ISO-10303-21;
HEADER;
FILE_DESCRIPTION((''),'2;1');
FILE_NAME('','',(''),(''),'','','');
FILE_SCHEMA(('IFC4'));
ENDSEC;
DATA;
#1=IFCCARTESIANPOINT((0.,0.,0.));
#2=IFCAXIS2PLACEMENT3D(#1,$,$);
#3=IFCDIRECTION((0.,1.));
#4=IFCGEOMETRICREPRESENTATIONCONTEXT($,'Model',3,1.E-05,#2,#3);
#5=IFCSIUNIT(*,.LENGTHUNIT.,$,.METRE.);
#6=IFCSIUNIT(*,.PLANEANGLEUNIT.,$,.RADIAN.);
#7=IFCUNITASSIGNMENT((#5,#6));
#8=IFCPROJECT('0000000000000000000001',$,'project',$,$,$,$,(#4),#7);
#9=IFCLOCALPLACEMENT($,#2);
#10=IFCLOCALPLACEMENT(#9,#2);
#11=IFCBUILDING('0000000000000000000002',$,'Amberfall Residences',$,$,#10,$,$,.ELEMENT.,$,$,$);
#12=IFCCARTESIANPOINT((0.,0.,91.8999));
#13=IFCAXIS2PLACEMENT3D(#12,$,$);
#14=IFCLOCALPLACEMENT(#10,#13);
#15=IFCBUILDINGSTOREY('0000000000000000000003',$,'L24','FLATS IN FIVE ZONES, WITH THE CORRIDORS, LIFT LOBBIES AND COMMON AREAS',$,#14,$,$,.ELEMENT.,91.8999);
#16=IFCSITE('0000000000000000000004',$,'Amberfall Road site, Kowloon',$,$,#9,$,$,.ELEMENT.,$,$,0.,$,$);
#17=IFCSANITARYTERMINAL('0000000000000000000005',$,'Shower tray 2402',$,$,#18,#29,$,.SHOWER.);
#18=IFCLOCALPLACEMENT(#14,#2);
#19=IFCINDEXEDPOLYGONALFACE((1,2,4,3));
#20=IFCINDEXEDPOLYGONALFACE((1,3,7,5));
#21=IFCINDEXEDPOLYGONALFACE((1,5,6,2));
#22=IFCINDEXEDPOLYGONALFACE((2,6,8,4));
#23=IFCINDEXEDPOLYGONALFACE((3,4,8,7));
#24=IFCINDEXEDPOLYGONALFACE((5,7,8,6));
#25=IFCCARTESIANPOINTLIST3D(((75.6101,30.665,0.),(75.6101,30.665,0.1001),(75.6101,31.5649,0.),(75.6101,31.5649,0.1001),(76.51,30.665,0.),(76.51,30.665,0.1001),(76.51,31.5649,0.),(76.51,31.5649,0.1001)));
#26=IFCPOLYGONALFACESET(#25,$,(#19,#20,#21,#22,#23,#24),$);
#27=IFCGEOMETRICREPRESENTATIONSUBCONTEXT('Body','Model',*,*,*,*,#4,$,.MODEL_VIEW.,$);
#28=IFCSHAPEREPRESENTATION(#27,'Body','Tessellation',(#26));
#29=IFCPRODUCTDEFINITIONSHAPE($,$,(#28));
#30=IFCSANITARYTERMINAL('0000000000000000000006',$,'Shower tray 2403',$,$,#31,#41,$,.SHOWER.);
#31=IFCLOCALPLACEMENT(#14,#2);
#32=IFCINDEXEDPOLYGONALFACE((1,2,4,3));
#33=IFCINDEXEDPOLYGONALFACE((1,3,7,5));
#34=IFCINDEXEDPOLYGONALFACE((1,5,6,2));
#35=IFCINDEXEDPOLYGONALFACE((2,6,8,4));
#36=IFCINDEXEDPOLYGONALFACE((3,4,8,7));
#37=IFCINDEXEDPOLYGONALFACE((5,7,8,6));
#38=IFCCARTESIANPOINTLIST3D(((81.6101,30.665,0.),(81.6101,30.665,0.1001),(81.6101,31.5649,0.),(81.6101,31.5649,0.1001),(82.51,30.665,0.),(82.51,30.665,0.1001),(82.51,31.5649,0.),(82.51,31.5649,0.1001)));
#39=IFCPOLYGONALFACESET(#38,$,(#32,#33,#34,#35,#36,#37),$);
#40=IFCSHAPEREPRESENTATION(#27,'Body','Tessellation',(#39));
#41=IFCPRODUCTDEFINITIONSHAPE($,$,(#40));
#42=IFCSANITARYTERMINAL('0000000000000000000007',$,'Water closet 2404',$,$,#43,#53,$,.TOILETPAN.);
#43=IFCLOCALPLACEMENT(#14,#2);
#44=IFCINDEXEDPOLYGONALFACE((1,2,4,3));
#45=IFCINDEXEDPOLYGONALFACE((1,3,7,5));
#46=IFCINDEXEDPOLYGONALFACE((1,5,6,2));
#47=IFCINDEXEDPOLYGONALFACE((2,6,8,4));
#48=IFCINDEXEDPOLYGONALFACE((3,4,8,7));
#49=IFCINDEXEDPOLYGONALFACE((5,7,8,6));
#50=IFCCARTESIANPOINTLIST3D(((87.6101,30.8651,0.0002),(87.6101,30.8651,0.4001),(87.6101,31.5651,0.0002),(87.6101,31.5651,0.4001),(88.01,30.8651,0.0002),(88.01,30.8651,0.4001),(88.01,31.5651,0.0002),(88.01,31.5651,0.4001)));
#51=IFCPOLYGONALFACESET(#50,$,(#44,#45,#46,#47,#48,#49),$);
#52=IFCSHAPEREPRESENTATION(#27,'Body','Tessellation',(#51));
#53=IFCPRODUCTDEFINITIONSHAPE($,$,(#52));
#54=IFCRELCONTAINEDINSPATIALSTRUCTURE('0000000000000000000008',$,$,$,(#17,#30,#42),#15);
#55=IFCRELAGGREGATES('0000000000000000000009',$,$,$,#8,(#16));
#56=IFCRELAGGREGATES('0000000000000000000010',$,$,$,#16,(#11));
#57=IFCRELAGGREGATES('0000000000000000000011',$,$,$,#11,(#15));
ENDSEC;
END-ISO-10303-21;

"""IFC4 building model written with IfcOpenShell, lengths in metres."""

from ifc_helpers import new_model, si_unit, direction, frame, origin, origin_2d, place, context, subcontext, project, spatial, rectangle, extrude, element, save


model = new_model("IFC4")

# Units and contexts
model_context = context("Model", 3, precision=1e-05, world=origin(), true_north=direction((0.0, 1.0)))
body_context = subcontext(model_context, "Body", "Model", "MODEL_VIEW")
ifc_project = project(units=[si_unit("LENGTHUNIT", "METRE"), si_unit("PLANEANGLEUNIT", "RADIAN")], contexts=[model_context])

# Site, building, storey
site_placement = place(None, origin())
site = spatial("IfcSite", under=ifc_project, at=site_placement, Name="Amberfall Road site, Kowloon", CompositionType="ELEMENT", RefElevation=0.0)
building_placement = place(site_placement, origin())
building = spatial("IfcBuilding", under=site, at=building_placement, Name="Amberfall Residences", CompositionType="ELEMENT")
storey_placement = place(building_placement, frame((0.0, 0.0, 91.8999)))
storey = spatial("IfcBuildingStorey", under=building, at=storey_placement, Name="L24", Description="FLATS IN FIVE ZONES, WITH THE CORRIDORS, LIFT LOBBIES AND COMMON AREAS", CompositionType="ELEMENT", Elevation=91.8999)

# Sanitary terminals
for number, where, z_axis, x_axis, name in (
    (1, (76.0601, 31.115, 0.0), (0.0, 0.0, 1.0), (1.0, 0.0, 0.0), "Shower tray 2402"),
    (2, (82.0601, 31.115, 0.0), (0.0, 0.0, 1.0), (1.0, 0.0, 0.0), "Shower tray 2403"),
):
    element("IfcSanitaryTerminal", number, at=place(storey_placement, frame(where, z_axis=z_axis, x_axis=x_axis)), inside=storey, Name=name, PredefinedType="SHOWER", context=body_context, shape_type="SweptSolid", body=[
        extrude(rectangle(XDim=0.8999, YDim=0.8999, at=origin_2d()), origin(), (0.0, 0.0, 1.0), 0.1001),
    ])
sanitary_terminal_placement = place(storey_placement, frame((87.8101, 31.2151, 0.0002), z_axis=(0.0, 0.0, 1.0), x_axis=(1.0, 0.0, 0.0)))
element("IfcSanitaryTerminal", 3, at=sanitary_terminal_placement, inside=storey, Name="Water closet 2404", PredefinedType="TOILETPAN", context=body_context, shape_type="SweptSolid", body=[
    extrude(rectangle(XDim=0.3999, YDim=0.7, at=origin_2d()), origin(), (0.0, 0.0, 1.0), 0.3999),
])

save(model, "model.ifc")
